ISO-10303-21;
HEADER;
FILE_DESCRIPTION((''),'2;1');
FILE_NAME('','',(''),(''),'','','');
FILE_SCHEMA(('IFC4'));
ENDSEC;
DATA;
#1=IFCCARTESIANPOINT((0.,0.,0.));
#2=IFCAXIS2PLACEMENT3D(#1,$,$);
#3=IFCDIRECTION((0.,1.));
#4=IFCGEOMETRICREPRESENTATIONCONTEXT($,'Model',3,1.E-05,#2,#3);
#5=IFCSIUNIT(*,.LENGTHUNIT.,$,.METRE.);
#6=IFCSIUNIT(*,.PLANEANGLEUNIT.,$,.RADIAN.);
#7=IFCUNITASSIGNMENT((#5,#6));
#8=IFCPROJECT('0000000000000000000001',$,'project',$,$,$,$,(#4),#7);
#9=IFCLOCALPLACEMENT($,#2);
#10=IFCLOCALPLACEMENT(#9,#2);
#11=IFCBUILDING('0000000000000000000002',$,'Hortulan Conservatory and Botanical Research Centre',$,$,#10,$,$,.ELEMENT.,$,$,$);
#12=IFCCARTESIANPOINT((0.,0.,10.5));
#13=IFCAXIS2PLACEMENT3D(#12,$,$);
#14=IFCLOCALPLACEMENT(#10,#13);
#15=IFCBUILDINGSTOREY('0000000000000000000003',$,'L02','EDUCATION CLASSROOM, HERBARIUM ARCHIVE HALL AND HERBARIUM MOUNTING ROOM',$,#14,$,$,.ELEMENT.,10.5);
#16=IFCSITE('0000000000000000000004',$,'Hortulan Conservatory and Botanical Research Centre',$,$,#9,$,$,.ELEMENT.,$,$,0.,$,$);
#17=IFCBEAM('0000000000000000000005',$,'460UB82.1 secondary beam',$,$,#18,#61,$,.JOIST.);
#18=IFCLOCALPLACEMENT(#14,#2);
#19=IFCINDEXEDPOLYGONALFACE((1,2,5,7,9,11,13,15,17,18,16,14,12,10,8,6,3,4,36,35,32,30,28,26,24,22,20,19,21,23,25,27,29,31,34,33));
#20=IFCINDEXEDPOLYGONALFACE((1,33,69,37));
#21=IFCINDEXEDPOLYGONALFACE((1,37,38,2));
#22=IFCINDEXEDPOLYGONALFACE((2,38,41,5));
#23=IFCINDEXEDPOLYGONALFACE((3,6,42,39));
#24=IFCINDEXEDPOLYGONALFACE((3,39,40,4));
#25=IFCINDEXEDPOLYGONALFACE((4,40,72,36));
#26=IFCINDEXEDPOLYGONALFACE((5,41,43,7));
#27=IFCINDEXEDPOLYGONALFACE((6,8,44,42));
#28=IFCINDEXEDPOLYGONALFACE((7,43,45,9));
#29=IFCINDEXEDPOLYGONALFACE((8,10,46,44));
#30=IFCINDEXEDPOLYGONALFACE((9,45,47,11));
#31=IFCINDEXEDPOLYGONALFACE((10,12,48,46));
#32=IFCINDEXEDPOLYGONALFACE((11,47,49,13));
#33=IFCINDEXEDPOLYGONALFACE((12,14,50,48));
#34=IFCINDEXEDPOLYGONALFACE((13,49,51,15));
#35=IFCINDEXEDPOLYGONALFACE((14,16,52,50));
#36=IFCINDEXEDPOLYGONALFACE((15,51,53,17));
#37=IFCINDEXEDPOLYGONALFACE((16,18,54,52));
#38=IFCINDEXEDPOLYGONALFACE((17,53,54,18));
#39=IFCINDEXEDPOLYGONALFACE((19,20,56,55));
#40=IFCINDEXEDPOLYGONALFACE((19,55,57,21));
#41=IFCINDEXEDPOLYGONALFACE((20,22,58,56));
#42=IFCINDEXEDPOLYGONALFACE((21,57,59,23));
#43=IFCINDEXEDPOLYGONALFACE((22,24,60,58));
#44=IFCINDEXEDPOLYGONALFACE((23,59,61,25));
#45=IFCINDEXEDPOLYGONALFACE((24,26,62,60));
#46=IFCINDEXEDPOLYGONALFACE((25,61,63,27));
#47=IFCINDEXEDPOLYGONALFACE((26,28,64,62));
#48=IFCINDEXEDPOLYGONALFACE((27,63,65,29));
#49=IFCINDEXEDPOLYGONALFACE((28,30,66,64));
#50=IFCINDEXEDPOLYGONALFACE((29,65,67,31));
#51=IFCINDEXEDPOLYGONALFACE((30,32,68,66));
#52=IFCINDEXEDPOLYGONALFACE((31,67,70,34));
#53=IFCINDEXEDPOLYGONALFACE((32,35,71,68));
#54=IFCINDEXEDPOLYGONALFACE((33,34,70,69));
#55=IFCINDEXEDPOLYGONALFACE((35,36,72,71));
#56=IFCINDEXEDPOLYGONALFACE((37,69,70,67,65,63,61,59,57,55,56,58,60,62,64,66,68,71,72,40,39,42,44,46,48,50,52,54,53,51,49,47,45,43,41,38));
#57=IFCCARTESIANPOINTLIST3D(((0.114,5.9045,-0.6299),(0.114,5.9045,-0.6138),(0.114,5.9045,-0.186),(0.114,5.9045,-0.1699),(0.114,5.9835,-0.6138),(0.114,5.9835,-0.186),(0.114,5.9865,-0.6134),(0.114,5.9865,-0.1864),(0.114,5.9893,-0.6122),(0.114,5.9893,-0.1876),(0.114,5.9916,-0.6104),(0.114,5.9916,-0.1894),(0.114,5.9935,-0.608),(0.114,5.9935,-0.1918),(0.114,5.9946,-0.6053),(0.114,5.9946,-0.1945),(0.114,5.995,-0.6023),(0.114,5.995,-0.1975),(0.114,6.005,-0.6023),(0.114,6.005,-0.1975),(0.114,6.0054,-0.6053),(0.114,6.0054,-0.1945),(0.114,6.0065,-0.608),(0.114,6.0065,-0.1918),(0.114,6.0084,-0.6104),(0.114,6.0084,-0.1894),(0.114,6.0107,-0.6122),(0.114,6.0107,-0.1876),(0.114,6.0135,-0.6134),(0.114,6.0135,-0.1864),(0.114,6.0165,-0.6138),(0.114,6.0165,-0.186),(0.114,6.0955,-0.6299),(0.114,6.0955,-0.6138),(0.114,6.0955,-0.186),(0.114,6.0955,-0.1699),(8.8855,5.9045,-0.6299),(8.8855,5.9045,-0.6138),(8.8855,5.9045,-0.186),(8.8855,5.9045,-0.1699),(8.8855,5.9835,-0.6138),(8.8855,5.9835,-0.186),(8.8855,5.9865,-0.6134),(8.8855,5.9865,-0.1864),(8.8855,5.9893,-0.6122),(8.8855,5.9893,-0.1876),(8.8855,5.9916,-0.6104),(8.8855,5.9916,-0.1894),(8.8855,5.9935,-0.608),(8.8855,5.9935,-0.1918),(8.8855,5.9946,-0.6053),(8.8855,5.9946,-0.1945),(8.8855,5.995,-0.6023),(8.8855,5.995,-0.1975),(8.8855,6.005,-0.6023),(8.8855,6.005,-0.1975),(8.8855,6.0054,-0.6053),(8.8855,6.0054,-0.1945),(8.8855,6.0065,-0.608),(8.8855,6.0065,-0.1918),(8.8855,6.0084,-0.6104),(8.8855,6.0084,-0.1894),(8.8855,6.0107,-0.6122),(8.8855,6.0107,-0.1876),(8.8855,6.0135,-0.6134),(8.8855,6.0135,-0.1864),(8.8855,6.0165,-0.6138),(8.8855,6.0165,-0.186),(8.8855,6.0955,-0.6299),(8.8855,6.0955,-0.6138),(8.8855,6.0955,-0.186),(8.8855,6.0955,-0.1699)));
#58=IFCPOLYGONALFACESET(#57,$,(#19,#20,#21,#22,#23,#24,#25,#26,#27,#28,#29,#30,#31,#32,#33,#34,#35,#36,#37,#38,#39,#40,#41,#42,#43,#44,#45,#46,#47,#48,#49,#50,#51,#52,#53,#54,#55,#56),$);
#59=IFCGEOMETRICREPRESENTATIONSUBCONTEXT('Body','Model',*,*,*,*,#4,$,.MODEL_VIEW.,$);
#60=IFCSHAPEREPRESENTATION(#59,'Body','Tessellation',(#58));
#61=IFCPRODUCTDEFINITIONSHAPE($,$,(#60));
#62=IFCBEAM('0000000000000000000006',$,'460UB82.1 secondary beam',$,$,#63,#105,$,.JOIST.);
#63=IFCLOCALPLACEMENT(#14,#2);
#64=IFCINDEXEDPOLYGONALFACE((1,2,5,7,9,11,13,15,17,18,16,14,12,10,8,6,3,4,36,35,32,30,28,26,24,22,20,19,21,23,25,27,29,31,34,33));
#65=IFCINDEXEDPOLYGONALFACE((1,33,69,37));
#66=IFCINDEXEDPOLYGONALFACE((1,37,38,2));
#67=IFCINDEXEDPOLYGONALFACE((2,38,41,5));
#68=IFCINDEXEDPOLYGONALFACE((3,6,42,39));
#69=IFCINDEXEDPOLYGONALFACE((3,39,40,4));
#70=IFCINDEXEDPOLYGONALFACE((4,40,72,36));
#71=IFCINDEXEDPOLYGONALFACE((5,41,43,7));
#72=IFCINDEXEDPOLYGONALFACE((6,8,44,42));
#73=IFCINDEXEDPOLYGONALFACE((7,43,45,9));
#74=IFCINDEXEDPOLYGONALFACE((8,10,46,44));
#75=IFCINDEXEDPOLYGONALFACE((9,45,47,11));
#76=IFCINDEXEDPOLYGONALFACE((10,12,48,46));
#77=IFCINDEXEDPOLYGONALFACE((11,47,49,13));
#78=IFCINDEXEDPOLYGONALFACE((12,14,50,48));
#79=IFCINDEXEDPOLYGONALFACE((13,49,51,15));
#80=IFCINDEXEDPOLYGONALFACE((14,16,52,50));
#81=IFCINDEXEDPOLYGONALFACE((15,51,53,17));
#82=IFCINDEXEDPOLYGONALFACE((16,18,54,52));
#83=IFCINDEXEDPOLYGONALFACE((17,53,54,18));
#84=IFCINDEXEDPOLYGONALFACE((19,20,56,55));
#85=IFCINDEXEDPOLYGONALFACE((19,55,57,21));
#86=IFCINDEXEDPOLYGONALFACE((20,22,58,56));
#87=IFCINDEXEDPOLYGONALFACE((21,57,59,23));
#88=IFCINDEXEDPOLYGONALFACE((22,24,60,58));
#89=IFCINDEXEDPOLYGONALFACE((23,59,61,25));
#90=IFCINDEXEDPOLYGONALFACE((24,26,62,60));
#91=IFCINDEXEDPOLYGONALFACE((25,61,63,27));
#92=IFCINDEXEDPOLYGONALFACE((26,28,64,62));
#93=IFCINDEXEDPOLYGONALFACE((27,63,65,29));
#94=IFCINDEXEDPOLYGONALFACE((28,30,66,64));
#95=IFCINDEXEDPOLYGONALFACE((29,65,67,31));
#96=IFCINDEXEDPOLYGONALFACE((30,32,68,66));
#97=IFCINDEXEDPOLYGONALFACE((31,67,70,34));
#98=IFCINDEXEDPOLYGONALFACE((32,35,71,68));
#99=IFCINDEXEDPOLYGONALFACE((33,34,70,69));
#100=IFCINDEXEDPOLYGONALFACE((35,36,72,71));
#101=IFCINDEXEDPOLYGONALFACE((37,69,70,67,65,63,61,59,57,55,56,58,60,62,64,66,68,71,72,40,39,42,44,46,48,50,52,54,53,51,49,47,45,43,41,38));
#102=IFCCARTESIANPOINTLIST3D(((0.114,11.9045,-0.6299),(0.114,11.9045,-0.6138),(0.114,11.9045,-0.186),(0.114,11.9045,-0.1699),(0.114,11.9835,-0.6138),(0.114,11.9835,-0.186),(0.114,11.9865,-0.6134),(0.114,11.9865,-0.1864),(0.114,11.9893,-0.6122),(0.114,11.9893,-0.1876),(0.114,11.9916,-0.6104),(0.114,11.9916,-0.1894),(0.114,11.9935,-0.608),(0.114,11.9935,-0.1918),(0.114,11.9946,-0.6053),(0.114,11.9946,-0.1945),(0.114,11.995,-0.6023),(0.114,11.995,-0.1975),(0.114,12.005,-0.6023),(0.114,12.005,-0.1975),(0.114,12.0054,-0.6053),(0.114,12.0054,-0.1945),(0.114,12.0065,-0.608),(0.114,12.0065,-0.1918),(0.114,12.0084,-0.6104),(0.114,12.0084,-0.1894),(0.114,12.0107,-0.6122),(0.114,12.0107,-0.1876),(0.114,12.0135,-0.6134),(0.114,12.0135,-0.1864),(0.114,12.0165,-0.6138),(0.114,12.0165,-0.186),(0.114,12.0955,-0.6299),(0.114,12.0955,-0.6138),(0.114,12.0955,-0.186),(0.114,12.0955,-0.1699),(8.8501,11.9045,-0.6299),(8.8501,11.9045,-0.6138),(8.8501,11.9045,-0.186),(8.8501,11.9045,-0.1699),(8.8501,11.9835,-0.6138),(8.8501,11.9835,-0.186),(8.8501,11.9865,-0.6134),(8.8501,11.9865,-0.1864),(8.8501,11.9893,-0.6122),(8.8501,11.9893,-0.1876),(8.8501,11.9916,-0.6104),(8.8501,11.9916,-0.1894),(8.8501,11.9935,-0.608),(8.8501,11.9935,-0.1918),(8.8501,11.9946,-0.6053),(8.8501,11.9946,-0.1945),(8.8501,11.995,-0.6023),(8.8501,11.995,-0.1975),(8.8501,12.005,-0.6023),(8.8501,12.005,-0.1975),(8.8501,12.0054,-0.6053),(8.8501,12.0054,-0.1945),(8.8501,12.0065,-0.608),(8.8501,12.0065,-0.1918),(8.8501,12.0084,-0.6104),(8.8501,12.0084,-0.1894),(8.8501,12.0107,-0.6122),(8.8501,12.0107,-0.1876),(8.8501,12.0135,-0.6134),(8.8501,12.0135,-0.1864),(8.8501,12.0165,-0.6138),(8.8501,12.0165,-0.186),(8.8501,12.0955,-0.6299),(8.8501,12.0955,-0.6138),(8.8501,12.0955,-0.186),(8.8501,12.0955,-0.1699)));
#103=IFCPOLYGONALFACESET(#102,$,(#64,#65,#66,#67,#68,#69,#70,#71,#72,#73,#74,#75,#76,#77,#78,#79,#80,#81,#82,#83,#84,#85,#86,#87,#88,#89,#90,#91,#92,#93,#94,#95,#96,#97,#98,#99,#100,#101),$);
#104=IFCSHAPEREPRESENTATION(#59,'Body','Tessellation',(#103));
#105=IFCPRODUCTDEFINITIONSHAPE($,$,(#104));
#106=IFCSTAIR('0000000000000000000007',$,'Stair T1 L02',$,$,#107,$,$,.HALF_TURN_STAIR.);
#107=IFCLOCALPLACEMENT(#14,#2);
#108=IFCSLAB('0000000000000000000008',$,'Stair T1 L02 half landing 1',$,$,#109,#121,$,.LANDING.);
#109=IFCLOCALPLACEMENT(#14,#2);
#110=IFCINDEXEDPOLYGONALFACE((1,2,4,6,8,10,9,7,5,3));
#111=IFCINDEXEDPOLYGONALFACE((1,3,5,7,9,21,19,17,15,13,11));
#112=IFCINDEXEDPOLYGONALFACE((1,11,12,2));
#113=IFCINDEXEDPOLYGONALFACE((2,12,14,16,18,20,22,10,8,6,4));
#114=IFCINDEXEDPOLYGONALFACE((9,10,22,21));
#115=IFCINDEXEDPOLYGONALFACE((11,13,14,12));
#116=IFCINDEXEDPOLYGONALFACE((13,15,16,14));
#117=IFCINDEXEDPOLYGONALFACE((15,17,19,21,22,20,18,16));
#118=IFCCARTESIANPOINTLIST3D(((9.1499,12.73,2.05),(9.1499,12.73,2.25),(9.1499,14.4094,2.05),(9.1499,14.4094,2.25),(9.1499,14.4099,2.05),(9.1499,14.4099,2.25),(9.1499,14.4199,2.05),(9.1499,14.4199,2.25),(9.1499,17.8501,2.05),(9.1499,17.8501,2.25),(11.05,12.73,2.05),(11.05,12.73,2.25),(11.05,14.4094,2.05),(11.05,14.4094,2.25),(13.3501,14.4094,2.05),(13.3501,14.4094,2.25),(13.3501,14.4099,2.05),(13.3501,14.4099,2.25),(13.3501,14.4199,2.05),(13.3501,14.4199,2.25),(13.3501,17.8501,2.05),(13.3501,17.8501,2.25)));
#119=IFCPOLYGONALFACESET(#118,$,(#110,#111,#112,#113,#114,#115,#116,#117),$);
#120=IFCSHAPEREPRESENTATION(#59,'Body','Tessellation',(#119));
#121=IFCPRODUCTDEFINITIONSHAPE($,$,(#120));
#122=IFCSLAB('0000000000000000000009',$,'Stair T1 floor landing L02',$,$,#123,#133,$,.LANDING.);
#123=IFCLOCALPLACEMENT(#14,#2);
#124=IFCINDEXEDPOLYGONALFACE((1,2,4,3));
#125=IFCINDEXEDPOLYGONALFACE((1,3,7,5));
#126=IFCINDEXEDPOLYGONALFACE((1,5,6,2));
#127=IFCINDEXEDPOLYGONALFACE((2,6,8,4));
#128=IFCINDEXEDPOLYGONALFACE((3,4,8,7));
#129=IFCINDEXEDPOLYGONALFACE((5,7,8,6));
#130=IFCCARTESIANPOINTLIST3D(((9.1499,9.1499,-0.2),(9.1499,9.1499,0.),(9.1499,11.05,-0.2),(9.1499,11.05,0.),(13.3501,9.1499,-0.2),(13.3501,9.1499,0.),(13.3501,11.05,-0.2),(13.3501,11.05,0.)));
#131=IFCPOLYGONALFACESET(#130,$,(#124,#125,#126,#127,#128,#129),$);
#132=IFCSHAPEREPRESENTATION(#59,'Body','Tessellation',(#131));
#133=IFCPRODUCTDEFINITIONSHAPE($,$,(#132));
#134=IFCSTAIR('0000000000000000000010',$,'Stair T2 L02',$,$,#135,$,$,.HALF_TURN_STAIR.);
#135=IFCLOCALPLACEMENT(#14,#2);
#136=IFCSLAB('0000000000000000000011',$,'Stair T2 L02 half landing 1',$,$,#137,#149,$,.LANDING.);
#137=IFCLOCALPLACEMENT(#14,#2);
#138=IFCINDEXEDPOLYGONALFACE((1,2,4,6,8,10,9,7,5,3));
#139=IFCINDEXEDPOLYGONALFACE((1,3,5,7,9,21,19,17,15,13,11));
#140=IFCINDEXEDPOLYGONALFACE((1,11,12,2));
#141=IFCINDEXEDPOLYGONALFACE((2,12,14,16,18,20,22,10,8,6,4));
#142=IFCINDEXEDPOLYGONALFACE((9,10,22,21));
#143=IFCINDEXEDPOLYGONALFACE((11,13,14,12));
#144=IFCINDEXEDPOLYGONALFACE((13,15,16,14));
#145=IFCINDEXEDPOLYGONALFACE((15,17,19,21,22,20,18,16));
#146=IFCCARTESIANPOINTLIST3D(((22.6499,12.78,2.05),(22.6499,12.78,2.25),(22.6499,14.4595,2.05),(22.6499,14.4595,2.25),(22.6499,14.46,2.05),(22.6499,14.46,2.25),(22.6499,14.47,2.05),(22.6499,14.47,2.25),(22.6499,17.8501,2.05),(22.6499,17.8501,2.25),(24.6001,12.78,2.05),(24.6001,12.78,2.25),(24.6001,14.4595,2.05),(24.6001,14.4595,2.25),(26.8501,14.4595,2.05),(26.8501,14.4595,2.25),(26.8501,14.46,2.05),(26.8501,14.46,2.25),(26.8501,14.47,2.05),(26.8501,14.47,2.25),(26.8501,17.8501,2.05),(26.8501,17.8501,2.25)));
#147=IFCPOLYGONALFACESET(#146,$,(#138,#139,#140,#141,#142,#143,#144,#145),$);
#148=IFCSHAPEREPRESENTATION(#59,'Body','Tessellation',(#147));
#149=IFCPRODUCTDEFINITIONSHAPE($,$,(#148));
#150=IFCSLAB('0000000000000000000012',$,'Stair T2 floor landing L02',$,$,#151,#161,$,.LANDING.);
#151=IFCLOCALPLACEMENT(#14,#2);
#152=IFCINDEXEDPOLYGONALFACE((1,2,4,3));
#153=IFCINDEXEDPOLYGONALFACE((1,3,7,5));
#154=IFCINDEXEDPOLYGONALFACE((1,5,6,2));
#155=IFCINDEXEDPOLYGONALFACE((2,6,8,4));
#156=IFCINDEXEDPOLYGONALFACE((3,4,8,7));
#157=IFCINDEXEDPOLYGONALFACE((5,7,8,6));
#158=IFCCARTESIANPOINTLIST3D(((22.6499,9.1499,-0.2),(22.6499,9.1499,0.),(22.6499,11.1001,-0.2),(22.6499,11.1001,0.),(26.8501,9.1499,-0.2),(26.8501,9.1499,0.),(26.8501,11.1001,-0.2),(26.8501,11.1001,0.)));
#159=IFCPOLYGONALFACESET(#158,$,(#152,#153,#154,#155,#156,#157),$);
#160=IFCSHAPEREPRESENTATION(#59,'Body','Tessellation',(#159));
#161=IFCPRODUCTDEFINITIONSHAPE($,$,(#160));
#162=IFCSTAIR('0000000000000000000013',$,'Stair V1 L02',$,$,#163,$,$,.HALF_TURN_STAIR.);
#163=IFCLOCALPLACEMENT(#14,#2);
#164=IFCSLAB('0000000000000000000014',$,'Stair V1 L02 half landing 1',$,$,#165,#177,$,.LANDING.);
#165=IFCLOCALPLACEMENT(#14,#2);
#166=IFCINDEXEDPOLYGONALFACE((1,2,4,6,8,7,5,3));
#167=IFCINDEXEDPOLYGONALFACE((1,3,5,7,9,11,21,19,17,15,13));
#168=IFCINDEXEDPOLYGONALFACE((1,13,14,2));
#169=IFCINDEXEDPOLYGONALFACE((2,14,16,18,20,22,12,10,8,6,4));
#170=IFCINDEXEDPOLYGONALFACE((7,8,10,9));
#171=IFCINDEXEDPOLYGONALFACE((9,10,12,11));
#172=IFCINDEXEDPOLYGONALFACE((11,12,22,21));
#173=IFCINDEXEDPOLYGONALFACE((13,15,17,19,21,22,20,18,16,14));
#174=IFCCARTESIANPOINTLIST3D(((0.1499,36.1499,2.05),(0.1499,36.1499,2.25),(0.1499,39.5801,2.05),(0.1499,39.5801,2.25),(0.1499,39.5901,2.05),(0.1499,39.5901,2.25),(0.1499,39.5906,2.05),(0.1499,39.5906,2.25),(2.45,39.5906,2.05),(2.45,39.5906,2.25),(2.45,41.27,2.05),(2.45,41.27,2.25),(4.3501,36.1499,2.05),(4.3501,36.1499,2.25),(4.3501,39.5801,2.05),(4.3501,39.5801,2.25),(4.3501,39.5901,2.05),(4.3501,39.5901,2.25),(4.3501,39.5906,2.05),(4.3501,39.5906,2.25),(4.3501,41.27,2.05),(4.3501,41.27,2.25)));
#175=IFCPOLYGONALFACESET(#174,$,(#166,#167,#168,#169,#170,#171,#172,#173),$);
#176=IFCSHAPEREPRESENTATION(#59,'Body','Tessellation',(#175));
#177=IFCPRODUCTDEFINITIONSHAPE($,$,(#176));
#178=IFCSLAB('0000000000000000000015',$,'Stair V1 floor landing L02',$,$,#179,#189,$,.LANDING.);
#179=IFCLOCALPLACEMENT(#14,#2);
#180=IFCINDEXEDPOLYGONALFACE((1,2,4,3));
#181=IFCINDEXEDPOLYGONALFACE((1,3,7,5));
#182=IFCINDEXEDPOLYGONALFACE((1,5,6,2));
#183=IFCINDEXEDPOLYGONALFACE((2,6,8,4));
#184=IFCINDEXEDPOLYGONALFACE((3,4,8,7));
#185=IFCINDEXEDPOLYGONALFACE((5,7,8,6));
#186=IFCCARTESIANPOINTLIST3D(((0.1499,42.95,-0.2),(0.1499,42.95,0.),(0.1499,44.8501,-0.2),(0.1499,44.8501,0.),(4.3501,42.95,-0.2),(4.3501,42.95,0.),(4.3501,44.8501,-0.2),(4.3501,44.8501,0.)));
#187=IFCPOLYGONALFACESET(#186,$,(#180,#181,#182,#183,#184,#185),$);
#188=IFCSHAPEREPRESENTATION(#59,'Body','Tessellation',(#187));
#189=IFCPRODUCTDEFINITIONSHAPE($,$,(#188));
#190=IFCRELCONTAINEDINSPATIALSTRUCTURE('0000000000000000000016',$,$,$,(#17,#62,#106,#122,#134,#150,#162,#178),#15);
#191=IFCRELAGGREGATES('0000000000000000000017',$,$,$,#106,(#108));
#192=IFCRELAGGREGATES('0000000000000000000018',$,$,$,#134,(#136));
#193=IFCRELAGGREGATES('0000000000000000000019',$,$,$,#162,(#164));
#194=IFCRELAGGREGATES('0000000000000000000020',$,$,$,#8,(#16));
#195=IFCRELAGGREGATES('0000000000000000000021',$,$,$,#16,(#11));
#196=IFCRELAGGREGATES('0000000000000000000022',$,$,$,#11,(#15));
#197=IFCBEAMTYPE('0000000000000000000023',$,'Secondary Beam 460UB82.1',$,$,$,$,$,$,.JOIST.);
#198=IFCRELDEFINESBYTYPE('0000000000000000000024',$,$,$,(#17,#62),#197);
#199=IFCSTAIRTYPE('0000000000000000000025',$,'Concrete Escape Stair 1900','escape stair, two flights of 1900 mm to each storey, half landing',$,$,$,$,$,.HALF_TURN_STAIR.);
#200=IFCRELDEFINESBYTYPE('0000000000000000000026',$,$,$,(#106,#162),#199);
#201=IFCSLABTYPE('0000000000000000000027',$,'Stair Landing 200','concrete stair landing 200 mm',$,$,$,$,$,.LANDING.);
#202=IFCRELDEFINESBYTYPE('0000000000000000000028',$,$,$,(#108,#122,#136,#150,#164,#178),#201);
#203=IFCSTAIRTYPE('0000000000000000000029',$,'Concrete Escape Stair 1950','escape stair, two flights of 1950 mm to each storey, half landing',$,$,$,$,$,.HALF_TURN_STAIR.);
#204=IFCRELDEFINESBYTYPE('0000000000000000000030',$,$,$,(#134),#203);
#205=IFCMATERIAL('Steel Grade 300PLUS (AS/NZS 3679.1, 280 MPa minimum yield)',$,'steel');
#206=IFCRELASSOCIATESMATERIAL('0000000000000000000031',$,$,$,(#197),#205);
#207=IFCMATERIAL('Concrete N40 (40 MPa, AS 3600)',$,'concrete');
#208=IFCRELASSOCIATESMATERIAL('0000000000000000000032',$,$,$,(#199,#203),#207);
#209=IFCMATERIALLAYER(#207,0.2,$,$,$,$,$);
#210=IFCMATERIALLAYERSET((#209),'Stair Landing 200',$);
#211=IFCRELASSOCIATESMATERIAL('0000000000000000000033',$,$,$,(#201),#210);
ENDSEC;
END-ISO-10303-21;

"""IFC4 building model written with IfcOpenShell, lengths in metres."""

from ifc_helpers import new_model, si_unit, direction, frame, origin, origin_2d, place, context, subcontext, project, spatial, polyline, i_section, outline, extrude, material, layer, layer_set, material_profile, profile_set, type_object, element, aggregate, save


model = new_model("IFC4")

# Units and contexts
model_context = context("Model", 3, precision=1e-05, world=origin(), true_north=direction((0.0, 1.0)))
body_context = subcontext(model_context, "Body", "Model", "MODEL_VIEW")
ifc_project = project(units=[si_unit("LENGTHUNIT", "METRE"), si_unit("PLANEANGLEUNIT", "RADIAN")], contexts=[model_context])

# Site, building, storey
site_placement = place(None, origin())
site = spatial("IfcSite", under=ifc_project, at=site_placement, Name="Hortulan Conservatory and Botanical Research Centre", CompositionType="ELEMENT", RefElevation=0.0)
building_placement = place(site_placement, origin())
building = spatial("IfcBuilding", under=site, at=building_placement, Name="Hortulan Conservatory and Botanical Research Centre", CompositionType="ELEMENT")
storey_placement = place(building_placement, frame((0.0, 0.0, 10.5)))
storey = spatial("IfcBuildingStorey", under=building, at=storey_placement, Name="L02", Description="EDUCATION CLASSROOM, HERBARIUM ARCHIVE HALL AND HERBARIUM MOUNTING ROOM", CompositionType="ELEMENT", Elevation=10.5)

# Beams
ifc_material_1 = material(Name="Steel Grade 300PLUS (AS/NZS 3679.1, 280 MPa minimum yield)", Category="steel")
ifc_material_profile_1 = material_profile(ifc_material_1, i_section(OverallWidth=0.1909, OverallDepth=0.46, WebThickness=0.01, FlangeThickness=0.0161, FilletRadius=0.0115, at=origin_2d()), Name="460UB82.1")
ifc_profile_set_1 = profile_set([ifc_material_profile_1], Name="Steel Grade 300PLUS (AS/NZS 3679.1, 280 MPa minimum yield)")
beam_type_1 = type_object("IfcBeamType", Name="Secondary Beam 460UB82.1", PredefinedType="JOIST", material=ifc_profile_set_1)
for number, where, z_axis, x_axis, name in (
    (1, (0.114, 6.0, -0.3999), (1.0, 0.0, 0.0), (0.0, 1.0, 0.0), "460UB82.1 secondary beam"),
):
    element("IfcBeam", number, at=place(storey_placement, frame(where, z_axis=z_axis, x_axis=x_axis)), inside=storey, type_object=beam_type_1, Name=name, PredefinedType="JOIST", context=body_context, shape_type="SweptSolid", body=[
        extrude(i_section(OverallWidth=0.1909, OverallDepth=0.46, WebThickness=0.01, FlangeThickness=0.0161, FilletRadius=0.0115, at=origin_2d()), origin(), (0.0, 0.0, 1.0), 8.7715),
    ])
beam_1_placement = place(storey_placement, frame((0.114, 12.0, -0.3999), z_axis=(1.0, 0.0, 0.0), x_axis=(0.0, 1.0, 0.0)))
element("IfcBeam", 2, at=beam_1_placement, inside=storey, type_object=beam_type_1, Name="460UB82.1 secondary beam", PredefinedType="JOIST", context=body_context, shape_type="SweptSolid", body=[
    extrude(i_section(OverallWidth=0.1909, OverallDepth=0.46, WebThickness=0.01, FlangeThickness=0.0161, FilletRadius=0.0115, at=origin_2d()), origin(), (0.0, 0.0, 1.0), 8.7361),
])

# Stair, slab
ifc_material_2 = material(Name="Concrete N40 (40 MPa, AS 3600)", Category="concrete")
stair_type_1 = type_object("IfcStairType", Name="Concrete Escape Stair 1900", Description="escape stair, two flights of 1900 mm to each storey, half landing", PredefinedType="HALF_TURN_STAIR", material=ifc_material_2)
stair_1_placement = place(storey_placement, origin())
stair_1 = element("IfcStair", 3, at=stair_1_placement, inside=storey, type_object=stair_type_1, Name="Stair T1 L02", PredefinedType="HALF_TURN_STAIR")
ifc_layer_1 = layer(ifc_material_2, 0.2)
ifc_layer_set_1 = layer_set([ifc_layer_1], Name="Stair Landing 200")
slab_type = type_object("IfcSlabType", Name="Stair Landing 200", Description="concrete stair landing 200 mm", PredefinedType="LANDING", material=ifc_layer_set_1)
slab_1_placement = place(storey_placement, frame((0.0, 0.0, 2.05)))
slab_1 = element("IfcSlab", 4, at=slab_1_placement, type_object=slab_type, Name="Stair T1 L02 half landing 1", PredefinedType="LANDING", context=body_context, shape_type="SweptSolid", body=[
    extrude(outline(polyline([(13.3501, 14.4094), (11.05, 14.4094), (11.05, 12.73), (9.1499, 12.73), (9.1499, 14.4094), (9.1499, 14.4099), (9.1499, 14.4199), (9.1499, 17.8501), (13.3501, 17.8501), (13.3501, 14.4199), (13.3501, 14.4099), (13.3501, 14.4094)])), origin(), (0.0, 0.0, 1.0), 0.2),
])
aggregate(stair_1, [slab_1])

# Slab
slab_2_placement = place(storey_placement, frame((0.0, 0.0, -0.2)))
element("IfcSlab", 5, at=slab_2_placement, inside=storey, type_object=slab_type, Name="Stair T1 floor landing L02", PredefinedType="LANDING", context=body_context, shape_type="SweptSolid", body=[
    extrude(outline(polyline([(13.3501, 9.1499), (9.1499, 9.1499), (9.1499, 11.05), (13.3501, 11.05), (13.3501, 9.1499)])), origin(), (0.0, 0.0, 1.0), 0.2),
])

# Stair, slab
stair_type_2 = type_object("IfcStairType", Name="Concrete Escape Stair 1950", Description="escape stair, two flights of 1950 mm to each storey, half landing", PredefinedType="HALF_TURN_STAIR", material=ifc_material_2)
stair_2_placement = place(storey_placement, origin())
stair_2 = element("IfcStair", 6, at=stair_2_placement, inside=storey, type_object=stair_type_2, Name="Stair T2 L02", PredefinedType="HALF_TURN_STAIR")
slab_3_placement = place(storey_placement, frame((0.0, 0.0, 2.05)))
slab_3 = element("IfcSlab", 7, at=slab_3_placement, type_object=slab_type, Name="Stair T2 L02 half landing 1", PredefinedType="LANDING", context=body_context, shape_type="SweptSolid", body=[
    extrude(outline(polyline([(26.8501, 14.4595), (24.6001, 14.4595), (24.6001, 12.78), (22.6499, 12.78), (22.6499, 14.4595), (22.6499, 14.46), (22.6499, 14.47), (22.6499, 17.8501), (26.8501, 17.8501), (26.8501, 14.47), (26.8501, 14.46), (26.8501, 14.4595)])), origin(), (0.0, 0.0, 1.0), 0.2),
])
aggregate(stair_2, [slab_3])

# Slab
slab_4_placement = place(storey_placement, frame((0.0, 0.0, -0.2)))
element("IfcSlab", 8, at=slab_4_placement, inside=storey, type_object=slab_type, Name="Stair T2 floor landing L02", PredefinedType="LANDING", context=body_context, shape_type="SweptSolid", body=[
    extrude(outline(polyline([(26.8501, 9.1499), (22.6499, 9.1499), (22.6499, 11.1001), (26.8501, 11.1001), (26.8501, 9.1499)])), origin(), (0.0, 0.0, 1.0), 0.2),
])

# Stair, slab
stair_3_placement = place(storey_placement, origin())
stair_3 = element("IfcStair", 9, at=stair_3_placement, inside=storey, type_object=stair_type_1, Name="Stair V1 L02", PredefinedType="HALF_TURN_STAIR")
slab_5_placement = place(storey_placement, frame((0.0, 0.0, 2.05)))
slab_5 = element("IfcSlab", 10, at=slab_5_placement, type_object=slab_type, Name="Stair V1 L02 half landing 1", PredefinedType="LANDING", context=body_context, shape_type="SweptSolid", body=[
    extrude(outline(polyline([(0.1499, 39.5906), (2.45, 39.5906), (2.45, 41.27), (4.3501, 41.27), (4.3501, 39.5906), (4.3501, 39.5901), (4.3501, 39.5801), (4.3501, 36.1499), (0.1499, 36.1499), (0.1499, 39.5801), (0.1499, 39.5901), (0.1499, 39.5906)])), origin(), (0.0, 0.0, 1.0), 0.2),
])
aggregate(stair_3, [slab_5])

# Slab
slab_6_placement = place(storey_placement, frame((0.0, 0.0, -0.2)))
element("IfcSlab", 11, at=slab_6_placement, inside=storey, type_object=slab_type, Name="Stair V1 floor landing L02", PredefinedType="LANDING", context=body_context, shape_type="SweptSolid", body=[
    extrude(outline(polyline([(0.1499, 44.8501), (4.3501, 44.8501), (4.3501, 42.95), (0.1499, 42.95), (0.1499, 44.8501)])), origin(), (0.0, 0.0, 1.0), 0.2),
])

save(model, "model.ifc")
